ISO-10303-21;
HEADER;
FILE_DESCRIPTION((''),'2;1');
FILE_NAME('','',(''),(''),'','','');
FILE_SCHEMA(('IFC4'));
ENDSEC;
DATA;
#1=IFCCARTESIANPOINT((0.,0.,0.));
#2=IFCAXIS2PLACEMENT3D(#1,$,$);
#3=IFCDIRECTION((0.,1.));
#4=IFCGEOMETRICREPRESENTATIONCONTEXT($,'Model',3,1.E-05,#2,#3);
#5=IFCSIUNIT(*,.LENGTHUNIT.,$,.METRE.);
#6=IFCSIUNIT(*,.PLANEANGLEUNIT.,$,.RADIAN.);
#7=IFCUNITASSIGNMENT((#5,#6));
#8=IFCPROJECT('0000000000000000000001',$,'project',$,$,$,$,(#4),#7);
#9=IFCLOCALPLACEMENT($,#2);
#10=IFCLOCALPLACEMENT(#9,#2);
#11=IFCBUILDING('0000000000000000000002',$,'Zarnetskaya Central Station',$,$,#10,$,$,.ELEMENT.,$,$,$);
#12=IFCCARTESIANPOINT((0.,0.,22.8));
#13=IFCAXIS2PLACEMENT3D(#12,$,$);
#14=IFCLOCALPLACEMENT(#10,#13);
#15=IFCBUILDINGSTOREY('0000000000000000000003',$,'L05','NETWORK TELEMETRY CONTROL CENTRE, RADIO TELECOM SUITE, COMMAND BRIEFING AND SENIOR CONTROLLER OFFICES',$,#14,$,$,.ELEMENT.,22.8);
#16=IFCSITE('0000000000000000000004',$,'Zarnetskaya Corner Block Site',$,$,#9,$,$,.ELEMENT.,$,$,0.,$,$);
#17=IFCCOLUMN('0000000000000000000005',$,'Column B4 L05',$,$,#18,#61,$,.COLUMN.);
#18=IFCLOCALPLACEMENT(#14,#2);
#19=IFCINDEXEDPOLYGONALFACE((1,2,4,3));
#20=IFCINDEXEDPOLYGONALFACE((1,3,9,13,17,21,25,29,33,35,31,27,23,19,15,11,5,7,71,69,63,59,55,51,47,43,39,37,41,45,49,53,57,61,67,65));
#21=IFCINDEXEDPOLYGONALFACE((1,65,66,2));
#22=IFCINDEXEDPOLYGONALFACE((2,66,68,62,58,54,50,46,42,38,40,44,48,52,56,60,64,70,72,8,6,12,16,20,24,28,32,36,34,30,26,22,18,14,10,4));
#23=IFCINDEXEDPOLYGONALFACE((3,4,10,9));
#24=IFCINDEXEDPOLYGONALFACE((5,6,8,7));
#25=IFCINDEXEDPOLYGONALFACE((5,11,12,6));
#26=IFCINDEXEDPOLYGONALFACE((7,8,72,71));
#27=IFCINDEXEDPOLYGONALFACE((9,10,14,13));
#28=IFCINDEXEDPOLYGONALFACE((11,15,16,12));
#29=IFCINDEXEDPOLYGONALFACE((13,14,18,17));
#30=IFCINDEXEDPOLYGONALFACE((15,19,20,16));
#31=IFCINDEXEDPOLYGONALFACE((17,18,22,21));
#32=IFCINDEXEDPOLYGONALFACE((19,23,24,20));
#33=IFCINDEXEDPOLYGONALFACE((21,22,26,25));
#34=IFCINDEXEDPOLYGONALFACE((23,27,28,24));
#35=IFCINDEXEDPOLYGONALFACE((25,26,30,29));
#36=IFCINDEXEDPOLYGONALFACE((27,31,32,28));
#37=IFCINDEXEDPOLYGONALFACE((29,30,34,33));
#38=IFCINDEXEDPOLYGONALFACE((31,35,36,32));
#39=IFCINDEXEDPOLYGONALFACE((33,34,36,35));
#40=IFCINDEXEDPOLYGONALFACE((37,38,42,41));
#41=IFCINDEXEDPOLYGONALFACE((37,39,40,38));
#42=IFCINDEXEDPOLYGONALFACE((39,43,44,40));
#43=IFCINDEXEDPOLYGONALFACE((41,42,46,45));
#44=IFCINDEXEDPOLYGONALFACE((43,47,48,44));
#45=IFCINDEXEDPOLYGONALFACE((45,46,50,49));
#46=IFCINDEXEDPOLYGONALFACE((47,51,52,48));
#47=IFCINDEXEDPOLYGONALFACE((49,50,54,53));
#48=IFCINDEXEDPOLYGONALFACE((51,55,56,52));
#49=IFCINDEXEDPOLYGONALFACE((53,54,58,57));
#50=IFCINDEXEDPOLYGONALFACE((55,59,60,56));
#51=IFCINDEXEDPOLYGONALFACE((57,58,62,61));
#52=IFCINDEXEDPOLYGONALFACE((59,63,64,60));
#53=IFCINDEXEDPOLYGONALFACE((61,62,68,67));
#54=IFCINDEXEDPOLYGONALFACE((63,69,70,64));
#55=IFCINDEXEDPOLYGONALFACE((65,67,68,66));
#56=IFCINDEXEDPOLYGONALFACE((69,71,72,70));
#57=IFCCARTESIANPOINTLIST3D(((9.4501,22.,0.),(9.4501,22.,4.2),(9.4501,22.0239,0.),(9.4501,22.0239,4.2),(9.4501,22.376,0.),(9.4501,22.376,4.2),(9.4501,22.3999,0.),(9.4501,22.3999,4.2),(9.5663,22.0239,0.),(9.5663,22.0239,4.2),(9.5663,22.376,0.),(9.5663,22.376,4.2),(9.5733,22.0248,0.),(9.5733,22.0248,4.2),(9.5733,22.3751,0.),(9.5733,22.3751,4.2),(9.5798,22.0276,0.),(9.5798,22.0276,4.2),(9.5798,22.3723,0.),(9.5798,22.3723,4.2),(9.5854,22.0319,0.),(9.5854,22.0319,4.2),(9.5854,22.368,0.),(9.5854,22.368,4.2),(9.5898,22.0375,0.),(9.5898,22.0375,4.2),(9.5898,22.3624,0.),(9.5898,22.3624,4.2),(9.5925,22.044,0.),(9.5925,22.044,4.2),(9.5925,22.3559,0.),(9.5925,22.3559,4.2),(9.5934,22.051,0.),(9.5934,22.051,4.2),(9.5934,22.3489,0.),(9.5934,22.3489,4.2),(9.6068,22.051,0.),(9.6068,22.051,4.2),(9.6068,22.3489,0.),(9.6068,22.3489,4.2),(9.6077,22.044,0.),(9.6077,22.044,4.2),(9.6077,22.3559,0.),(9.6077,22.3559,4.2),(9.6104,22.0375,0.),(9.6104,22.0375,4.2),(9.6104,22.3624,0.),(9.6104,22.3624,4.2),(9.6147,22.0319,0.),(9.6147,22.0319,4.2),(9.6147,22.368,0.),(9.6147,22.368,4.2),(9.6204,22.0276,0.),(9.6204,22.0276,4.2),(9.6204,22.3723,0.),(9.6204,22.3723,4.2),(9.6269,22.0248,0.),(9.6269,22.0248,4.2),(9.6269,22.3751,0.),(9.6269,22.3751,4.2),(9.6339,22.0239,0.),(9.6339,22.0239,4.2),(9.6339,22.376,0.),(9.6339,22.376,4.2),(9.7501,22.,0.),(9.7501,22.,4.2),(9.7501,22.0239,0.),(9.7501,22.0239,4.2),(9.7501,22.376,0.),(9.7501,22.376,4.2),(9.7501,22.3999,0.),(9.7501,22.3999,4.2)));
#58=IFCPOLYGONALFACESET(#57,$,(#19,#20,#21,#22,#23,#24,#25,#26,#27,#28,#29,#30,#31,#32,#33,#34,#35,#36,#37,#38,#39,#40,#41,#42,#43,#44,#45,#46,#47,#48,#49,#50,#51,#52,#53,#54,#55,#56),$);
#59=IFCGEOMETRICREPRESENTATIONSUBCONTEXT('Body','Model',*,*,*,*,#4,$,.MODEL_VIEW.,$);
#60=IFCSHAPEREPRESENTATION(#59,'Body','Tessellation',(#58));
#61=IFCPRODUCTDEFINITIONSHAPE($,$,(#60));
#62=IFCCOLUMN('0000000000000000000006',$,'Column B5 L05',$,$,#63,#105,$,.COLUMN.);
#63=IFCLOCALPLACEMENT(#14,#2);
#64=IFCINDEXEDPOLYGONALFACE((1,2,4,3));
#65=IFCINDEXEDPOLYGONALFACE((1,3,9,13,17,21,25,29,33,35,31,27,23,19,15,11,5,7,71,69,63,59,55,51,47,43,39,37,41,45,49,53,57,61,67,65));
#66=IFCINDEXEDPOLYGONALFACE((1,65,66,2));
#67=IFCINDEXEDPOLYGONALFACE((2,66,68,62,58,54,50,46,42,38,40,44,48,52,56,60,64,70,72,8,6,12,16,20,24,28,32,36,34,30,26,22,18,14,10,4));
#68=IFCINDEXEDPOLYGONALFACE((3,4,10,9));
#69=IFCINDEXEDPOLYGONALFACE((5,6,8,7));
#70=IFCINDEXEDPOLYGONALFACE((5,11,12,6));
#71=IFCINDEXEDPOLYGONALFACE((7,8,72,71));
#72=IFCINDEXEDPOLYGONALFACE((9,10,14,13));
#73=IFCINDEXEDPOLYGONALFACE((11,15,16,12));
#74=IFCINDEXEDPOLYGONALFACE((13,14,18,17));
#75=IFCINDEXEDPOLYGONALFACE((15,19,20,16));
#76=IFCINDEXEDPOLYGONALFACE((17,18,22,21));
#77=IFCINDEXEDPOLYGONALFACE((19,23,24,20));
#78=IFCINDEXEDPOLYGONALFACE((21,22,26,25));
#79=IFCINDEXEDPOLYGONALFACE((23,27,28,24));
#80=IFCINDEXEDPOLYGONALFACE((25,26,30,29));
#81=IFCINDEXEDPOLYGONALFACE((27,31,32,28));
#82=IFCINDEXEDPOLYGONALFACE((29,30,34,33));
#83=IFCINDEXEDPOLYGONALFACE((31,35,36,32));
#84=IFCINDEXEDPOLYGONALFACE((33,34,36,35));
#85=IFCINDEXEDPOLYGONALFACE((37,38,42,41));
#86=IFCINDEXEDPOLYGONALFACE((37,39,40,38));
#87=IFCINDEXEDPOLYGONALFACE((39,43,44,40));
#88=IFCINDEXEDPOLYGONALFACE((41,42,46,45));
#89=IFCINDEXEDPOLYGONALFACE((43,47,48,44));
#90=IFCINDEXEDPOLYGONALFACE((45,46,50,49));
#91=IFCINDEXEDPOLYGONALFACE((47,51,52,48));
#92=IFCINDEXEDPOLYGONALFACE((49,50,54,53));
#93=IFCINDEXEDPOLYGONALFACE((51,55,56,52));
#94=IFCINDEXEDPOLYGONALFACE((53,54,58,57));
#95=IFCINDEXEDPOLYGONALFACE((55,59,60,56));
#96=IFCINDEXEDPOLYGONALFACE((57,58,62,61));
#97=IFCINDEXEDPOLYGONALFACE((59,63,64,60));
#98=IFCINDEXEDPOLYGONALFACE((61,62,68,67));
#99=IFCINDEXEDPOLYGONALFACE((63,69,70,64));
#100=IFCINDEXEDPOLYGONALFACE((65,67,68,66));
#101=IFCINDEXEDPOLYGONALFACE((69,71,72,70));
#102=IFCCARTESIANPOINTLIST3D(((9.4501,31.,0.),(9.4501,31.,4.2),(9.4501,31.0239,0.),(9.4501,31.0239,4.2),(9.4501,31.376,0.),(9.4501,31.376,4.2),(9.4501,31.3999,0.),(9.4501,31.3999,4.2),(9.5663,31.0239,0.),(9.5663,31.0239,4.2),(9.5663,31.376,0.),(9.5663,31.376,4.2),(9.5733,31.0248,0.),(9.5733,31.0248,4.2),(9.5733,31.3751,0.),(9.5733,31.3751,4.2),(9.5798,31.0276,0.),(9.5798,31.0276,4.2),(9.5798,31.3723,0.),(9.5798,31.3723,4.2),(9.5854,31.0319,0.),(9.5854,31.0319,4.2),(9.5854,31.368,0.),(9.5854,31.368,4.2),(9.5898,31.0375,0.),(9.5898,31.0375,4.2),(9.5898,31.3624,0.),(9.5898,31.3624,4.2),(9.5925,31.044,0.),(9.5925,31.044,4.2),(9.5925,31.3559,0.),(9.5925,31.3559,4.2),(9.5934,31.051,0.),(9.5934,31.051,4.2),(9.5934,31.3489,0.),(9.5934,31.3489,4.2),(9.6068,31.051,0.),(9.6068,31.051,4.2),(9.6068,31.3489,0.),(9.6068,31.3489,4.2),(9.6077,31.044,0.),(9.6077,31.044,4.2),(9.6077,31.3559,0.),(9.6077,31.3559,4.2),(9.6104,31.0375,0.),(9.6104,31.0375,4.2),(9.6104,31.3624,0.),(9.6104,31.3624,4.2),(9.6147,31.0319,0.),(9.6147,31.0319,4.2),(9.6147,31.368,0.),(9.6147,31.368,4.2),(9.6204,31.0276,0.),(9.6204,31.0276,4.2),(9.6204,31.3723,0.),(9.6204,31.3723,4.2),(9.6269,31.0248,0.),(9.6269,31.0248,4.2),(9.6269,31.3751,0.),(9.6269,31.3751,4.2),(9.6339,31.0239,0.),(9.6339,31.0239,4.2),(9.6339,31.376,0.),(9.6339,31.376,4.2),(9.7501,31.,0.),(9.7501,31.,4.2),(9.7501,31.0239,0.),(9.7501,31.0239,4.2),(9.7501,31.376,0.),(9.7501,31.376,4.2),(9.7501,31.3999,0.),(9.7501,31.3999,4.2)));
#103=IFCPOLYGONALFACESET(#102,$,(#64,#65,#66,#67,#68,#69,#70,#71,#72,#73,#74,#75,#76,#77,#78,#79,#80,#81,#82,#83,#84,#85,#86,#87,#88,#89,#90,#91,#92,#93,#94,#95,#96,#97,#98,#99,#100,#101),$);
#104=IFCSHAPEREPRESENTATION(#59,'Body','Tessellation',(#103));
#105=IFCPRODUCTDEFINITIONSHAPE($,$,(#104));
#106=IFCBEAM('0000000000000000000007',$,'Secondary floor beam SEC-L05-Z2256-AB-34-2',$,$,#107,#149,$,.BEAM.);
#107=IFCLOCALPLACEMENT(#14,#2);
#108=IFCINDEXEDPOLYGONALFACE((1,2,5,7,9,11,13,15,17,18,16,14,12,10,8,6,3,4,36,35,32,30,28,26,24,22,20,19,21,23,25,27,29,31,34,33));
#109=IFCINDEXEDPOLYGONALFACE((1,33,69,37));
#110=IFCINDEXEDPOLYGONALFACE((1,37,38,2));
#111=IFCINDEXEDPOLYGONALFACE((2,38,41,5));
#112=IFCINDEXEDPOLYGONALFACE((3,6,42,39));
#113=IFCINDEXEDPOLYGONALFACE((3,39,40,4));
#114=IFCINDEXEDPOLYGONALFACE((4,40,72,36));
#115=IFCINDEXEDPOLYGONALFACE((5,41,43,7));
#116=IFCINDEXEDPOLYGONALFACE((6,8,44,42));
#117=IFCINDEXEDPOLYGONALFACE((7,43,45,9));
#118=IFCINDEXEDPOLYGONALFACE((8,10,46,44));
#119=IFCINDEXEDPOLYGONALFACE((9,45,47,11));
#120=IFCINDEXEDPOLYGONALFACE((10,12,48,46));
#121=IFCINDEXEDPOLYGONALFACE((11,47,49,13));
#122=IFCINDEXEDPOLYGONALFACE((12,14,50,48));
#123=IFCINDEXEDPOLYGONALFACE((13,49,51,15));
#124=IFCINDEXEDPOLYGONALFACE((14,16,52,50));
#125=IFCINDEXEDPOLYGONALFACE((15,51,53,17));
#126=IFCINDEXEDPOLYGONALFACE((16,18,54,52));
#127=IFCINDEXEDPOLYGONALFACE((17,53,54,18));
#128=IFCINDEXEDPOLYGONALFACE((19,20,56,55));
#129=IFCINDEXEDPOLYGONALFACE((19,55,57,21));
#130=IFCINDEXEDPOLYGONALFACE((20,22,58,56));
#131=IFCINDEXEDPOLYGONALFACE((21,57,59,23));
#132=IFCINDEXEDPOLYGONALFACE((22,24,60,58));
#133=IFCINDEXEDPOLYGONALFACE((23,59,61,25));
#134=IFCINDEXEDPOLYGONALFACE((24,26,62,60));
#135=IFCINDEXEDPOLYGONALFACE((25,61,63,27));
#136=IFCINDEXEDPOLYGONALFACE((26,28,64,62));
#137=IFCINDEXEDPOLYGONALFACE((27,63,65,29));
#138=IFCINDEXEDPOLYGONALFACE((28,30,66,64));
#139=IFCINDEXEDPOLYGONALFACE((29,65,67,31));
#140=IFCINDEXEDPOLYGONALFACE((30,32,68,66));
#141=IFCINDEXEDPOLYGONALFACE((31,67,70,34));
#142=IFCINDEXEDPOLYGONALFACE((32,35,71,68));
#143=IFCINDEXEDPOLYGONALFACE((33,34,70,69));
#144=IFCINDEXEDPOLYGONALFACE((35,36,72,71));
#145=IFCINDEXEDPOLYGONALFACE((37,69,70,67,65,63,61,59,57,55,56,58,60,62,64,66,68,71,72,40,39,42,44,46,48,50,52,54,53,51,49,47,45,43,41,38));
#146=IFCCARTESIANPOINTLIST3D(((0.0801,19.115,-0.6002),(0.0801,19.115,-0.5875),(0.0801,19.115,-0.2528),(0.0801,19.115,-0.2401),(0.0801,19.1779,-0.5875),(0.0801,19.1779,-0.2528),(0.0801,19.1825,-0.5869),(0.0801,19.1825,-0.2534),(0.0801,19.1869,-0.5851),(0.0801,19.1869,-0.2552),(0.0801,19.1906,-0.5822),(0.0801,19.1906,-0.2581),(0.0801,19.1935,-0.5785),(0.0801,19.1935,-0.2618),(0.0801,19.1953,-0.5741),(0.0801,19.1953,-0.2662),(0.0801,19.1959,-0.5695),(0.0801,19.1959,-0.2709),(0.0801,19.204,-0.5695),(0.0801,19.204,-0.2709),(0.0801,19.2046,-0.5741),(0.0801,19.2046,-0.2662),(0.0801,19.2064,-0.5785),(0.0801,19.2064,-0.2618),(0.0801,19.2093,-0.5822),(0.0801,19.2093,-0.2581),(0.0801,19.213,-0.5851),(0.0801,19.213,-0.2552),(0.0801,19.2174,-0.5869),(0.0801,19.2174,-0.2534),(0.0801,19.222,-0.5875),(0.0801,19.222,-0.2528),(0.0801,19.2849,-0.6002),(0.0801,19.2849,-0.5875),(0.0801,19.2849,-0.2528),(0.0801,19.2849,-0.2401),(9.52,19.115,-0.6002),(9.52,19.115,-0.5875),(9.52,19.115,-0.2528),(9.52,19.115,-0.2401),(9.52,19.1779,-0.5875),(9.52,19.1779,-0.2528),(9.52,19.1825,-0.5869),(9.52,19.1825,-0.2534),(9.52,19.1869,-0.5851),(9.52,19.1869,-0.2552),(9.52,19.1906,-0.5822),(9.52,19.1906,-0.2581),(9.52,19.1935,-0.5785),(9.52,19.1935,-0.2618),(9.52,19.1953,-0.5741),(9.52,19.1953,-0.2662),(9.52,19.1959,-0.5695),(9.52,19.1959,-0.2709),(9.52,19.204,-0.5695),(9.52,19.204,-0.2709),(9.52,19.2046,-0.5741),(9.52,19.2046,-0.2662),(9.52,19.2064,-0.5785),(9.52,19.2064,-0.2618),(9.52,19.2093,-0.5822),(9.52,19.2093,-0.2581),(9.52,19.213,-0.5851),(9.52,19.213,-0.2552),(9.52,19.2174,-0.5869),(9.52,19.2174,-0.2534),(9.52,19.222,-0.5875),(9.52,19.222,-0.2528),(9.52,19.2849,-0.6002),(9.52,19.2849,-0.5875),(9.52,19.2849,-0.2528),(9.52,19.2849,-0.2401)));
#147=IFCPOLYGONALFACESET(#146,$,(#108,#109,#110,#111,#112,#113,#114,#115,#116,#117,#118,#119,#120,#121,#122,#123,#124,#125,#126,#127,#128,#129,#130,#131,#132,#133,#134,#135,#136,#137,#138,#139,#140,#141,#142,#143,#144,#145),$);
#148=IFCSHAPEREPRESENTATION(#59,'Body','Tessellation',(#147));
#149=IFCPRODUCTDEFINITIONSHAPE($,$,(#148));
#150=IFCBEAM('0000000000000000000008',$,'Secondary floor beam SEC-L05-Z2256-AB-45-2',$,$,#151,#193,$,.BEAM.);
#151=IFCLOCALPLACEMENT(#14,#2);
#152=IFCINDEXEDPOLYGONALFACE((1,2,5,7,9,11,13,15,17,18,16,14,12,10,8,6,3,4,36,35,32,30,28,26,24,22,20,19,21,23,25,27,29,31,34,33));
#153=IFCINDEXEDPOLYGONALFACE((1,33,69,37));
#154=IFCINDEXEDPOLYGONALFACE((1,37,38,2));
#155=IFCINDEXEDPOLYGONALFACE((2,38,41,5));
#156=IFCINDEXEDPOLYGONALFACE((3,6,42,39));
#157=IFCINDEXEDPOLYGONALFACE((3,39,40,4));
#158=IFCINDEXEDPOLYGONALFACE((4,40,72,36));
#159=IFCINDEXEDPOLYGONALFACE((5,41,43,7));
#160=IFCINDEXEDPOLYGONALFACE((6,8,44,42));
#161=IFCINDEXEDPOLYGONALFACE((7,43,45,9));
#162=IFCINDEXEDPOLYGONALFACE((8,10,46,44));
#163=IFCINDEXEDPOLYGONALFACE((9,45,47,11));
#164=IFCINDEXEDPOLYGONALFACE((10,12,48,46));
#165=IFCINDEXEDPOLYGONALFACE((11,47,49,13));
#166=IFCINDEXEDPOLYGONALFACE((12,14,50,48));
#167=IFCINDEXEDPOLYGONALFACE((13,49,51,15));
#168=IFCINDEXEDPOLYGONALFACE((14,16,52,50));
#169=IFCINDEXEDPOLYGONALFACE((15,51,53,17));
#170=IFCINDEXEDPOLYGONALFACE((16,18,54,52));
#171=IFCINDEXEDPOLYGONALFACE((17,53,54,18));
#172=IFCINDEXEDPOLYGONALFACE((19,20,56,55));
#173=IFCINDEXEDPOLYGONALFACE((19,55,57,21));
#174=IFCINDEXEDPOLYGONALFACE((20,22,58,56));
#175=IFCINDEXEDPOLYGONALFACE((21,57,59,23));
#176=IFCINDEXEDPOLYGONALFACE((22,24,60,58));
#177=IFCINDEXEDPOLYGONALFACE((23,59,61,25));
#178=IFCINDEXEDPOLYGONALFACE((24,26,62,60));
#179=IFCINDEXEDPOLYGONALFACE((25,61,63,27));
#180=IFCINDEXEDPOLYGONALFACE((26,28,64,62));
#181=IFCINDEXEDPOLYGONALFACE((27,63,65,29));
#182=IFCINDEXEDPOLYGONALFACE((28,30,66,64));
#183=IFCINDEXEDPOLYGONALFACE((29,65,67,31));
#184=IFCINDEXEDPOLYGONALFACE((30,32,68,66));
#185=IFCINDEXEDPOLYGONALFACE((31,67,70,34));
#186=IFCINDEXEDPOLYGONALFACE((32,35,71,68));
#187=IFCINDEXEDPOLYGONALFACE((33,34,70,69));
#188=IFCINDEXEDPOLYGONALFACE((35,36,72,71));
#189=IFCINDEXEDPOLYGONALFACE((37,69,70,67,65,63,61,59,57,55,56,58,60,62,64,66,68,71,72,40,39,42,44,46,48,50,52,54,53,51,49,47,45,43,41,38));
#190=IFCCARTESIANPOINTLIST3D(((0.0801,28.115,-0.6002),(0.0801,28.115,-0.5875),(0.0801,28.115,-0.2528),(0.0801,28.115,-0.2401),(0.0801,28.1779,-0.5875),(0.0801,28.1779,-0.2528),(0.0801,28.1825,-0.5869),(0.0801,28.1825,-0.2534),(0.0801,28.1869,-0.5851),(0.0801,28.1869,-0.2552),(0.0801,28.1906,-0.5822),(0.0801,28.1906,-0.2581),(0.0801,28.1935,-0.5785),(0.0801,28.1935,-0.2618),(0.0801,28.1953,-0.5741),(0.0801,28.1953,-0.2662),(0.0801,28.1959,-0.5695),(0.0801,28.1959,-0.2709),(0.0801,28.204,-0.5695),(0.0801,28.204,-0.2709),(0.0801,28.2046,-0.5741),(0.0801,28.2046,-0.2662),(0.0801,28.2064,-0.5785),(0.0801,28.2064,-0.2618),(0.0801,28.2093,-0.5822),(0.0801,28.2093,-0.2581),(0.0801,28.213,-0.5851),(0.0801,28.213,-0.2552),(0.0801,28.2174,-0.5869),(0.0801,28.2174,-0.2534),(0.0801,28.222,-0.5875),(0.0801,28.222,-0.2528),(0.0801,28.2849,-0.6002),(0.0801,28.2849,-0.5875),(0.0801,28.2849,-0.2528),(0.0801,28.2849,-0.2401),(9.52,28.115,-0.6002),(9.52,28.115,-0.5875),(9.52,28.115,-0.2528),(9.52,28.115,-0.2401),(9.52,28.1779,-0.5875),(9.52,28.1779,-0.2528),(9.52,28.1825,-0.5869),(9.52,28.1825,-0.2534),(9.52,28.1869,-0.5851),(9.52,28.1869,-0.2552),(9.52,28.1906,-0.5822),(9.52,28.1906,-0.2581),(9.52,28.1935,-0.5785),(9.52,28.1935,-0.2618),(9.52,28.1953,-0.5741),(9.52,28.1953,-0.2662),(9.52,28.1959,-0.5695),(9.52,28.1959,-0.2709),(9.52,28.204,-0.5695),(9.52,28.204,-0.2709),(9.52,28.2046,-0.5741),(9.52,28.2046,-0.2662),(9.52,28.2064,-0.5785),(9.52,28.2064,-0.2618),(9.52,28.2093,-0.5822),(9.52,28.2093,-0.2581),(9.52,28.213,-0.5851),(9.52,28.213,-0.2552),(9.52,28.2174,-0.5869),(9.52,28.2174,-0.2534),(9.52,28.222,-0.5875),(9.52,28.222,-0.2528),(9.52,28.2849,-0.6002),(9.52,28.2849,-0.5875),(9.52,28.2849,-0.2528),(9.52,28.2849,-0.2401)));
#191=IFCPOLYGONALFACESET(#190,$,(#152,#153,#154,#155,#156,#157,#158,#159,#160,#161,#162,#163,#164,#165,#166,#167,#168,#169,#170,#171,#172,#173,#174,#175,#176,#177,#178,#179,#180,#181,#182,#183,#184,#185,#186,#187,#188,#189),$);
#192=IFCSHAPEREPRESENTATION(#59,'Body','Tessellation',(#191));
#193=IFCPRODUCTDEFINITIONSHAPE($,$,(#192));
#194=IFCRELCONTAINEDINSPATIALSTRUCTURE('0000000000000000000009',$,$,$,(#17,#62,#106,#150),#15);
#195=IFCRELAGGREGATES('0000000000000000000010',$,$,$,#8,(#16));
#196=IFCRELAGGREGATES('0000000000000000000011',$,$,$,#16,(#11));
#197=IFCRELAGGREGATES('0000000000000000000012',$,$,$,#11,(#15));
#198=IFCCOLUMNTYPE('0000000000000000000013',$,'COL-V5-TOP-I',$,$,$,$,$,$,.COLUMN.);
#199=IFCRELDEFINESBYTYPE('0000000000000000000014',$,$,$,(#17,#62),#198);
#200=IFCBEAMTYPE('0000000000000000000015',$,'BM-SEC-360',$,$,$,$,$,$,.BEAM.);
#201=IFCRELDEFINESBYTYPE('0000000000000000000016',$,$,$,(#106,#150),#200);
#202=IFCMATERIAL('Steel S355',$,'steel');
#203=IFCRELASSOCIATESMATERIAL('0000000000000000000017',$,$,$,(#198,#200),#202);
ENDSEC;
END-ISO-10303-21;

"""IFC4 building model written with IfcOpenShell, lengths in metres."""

from ifc_helpers import new_model, si_unit, direction, frame, origin, origin_2d, place, context, subcontext, project, spatial, i_section, extrude, material, material_profile, profile_set, type_object, element, save


model = new_model("IFC4")

# Units and contexts
model_context = context("Model", 3, precision=1e-05, world=origin(), true_north=direction((0.0, 1.0)))
body_context = subcontext(model_context, "Body", "Model", "MODEL_VIEW")
ifc_project = project(units=[si_unit("LENGTHUNIT", "METRE"), si_unit("PLANEANGLEUNIT", "RADIAN")], contexts=[model_context])

# Site, building, storey
site_placement = place(None, origin())
site = spatial("IfcSite", under=ifc_project, at=site_placement, Name="Zarnetskaya Corner Block Site", CompositionType="ELEMENT", RefElevation=0.0)
building_placement = place(site_placement, origin())
building = spatial("IfcBuilding", under=site, at=building_placement, Name="Zarnetskaya Central Station", CompositionType="ELEMENT")
storey_placement = place(building_placement, frame((0.0, 0.0, 22.8)))
storey = spatial("IfcBuildingStorey", under=building, at=storey_placement, Name="L05", Description="NETWORK TELEMETRY CONTROL CENTRE, RADIO TELECOM SUITE, COMMAND BRIEFING AND SENIOR CONTROLLER OFFICES", CompositionType="ELEMENT", Elevation=22.8)

# Columns
ifc_material_1 = material(Name="Steel S355", Category="steel")
ifc_material_profile_1 = material_profile(ifc_material_1, i_section(OverallWidth=0.3, OverallDepth=0.3999, WebThickness=0.0134, FlangeThickness=0.0239, FilletRadius=0.0271, at=origin_2d()), Name="HEB 400")
ifc_profile_set_1 = profile_set([ifc_material_profile_1], Name="Steel S355")
column_type = type_object("IfcColumnType", Name="COL-V5-TOP-I", PredefinedType="COLUMN", material=ifc_profile_set_1)
for number, where, z_axis, x_axis, name in (
    (1, (9.6001, 22.2, 0.0), (0.0, 0.0, 1.0), (1.0, 0.0, 0.0), "Column B4 L05"),
    (2, (9.6001, 31.2, 0.0), (0.0, 0.0, 1.0), (1.0, 0.0, 0.0), "Column B5 L05"),
):
    element("IfcColumn", number, at=place(storey_placement, frame(where, z_axis=z_axis, x_axis=x_axis)), inside=storey, type_object=column_type, Name=name, PredefinedType="COLUMN", context=body_context, shape_type="SweptSolid", body=[
        extrude(i_section(OverallWidth=0.3, OverallDepth=0.3999, WebThickness=0.0134, FlangeThickness=0.0239, FilletRadius=0.0271, at=origin_2d()), origin(), (0.0, 0.0, 1.0), 4.2),
    ])

# Beams
ifc_material_profile_2 = material_profile(ifc_material_1, i_section(OverallWidth=0.1699, OverallDepth=0.3601, WebThickness=0.0081, FlangeThickness=0.0127, FilletRadius=0.0181, at=origin_2d()), Name="IPE 360")
ifc_profile_set_2 = profile_set([ifc_material_profile_2], Name="Steel S355")
beam_type_1 = type_object("IfcBeamType", Name="BM-SEC-360", PredefinedType="BEAM", material=ifc_profile_set_2)
for number, where, z_axis, x_axis, name in (
    (3, (0.0801, 19.2, -0.4202), (1.0, 0.0, 0.0), (0.0, 1.0, 0.0), "Secondary floor beam SEC-L05-Z2256-AB-34-2"),
    (4, (0.0801, 28.2, -0.4202), (1.0, 0.0, 0.0), (0.0, 1.0, 0.0), "Secondary floor beam SEC-L05-Z2256-AB-45-2"),
):
    element("IfcBeam", number, at=place(storey_placement, frame(where, z_axis=z_axis, x_axis=x_axis)), inside=storey, type_object=beam_type_1, Name=name, PredefinedType="BEAM", context=body_context, shape_type="SweptSolid", body=[
        extrude(i_section(OverallWidth=0.1699, OverallDepth=0.3601, WebThickness=0.0081, FlangeThickness=0.0127, FilletRadius=0.0181, at=origin_2d()), origin(), (0.0, 0.0, 1.0), 9.4399),
    ])

save(model, "model.ifc")
